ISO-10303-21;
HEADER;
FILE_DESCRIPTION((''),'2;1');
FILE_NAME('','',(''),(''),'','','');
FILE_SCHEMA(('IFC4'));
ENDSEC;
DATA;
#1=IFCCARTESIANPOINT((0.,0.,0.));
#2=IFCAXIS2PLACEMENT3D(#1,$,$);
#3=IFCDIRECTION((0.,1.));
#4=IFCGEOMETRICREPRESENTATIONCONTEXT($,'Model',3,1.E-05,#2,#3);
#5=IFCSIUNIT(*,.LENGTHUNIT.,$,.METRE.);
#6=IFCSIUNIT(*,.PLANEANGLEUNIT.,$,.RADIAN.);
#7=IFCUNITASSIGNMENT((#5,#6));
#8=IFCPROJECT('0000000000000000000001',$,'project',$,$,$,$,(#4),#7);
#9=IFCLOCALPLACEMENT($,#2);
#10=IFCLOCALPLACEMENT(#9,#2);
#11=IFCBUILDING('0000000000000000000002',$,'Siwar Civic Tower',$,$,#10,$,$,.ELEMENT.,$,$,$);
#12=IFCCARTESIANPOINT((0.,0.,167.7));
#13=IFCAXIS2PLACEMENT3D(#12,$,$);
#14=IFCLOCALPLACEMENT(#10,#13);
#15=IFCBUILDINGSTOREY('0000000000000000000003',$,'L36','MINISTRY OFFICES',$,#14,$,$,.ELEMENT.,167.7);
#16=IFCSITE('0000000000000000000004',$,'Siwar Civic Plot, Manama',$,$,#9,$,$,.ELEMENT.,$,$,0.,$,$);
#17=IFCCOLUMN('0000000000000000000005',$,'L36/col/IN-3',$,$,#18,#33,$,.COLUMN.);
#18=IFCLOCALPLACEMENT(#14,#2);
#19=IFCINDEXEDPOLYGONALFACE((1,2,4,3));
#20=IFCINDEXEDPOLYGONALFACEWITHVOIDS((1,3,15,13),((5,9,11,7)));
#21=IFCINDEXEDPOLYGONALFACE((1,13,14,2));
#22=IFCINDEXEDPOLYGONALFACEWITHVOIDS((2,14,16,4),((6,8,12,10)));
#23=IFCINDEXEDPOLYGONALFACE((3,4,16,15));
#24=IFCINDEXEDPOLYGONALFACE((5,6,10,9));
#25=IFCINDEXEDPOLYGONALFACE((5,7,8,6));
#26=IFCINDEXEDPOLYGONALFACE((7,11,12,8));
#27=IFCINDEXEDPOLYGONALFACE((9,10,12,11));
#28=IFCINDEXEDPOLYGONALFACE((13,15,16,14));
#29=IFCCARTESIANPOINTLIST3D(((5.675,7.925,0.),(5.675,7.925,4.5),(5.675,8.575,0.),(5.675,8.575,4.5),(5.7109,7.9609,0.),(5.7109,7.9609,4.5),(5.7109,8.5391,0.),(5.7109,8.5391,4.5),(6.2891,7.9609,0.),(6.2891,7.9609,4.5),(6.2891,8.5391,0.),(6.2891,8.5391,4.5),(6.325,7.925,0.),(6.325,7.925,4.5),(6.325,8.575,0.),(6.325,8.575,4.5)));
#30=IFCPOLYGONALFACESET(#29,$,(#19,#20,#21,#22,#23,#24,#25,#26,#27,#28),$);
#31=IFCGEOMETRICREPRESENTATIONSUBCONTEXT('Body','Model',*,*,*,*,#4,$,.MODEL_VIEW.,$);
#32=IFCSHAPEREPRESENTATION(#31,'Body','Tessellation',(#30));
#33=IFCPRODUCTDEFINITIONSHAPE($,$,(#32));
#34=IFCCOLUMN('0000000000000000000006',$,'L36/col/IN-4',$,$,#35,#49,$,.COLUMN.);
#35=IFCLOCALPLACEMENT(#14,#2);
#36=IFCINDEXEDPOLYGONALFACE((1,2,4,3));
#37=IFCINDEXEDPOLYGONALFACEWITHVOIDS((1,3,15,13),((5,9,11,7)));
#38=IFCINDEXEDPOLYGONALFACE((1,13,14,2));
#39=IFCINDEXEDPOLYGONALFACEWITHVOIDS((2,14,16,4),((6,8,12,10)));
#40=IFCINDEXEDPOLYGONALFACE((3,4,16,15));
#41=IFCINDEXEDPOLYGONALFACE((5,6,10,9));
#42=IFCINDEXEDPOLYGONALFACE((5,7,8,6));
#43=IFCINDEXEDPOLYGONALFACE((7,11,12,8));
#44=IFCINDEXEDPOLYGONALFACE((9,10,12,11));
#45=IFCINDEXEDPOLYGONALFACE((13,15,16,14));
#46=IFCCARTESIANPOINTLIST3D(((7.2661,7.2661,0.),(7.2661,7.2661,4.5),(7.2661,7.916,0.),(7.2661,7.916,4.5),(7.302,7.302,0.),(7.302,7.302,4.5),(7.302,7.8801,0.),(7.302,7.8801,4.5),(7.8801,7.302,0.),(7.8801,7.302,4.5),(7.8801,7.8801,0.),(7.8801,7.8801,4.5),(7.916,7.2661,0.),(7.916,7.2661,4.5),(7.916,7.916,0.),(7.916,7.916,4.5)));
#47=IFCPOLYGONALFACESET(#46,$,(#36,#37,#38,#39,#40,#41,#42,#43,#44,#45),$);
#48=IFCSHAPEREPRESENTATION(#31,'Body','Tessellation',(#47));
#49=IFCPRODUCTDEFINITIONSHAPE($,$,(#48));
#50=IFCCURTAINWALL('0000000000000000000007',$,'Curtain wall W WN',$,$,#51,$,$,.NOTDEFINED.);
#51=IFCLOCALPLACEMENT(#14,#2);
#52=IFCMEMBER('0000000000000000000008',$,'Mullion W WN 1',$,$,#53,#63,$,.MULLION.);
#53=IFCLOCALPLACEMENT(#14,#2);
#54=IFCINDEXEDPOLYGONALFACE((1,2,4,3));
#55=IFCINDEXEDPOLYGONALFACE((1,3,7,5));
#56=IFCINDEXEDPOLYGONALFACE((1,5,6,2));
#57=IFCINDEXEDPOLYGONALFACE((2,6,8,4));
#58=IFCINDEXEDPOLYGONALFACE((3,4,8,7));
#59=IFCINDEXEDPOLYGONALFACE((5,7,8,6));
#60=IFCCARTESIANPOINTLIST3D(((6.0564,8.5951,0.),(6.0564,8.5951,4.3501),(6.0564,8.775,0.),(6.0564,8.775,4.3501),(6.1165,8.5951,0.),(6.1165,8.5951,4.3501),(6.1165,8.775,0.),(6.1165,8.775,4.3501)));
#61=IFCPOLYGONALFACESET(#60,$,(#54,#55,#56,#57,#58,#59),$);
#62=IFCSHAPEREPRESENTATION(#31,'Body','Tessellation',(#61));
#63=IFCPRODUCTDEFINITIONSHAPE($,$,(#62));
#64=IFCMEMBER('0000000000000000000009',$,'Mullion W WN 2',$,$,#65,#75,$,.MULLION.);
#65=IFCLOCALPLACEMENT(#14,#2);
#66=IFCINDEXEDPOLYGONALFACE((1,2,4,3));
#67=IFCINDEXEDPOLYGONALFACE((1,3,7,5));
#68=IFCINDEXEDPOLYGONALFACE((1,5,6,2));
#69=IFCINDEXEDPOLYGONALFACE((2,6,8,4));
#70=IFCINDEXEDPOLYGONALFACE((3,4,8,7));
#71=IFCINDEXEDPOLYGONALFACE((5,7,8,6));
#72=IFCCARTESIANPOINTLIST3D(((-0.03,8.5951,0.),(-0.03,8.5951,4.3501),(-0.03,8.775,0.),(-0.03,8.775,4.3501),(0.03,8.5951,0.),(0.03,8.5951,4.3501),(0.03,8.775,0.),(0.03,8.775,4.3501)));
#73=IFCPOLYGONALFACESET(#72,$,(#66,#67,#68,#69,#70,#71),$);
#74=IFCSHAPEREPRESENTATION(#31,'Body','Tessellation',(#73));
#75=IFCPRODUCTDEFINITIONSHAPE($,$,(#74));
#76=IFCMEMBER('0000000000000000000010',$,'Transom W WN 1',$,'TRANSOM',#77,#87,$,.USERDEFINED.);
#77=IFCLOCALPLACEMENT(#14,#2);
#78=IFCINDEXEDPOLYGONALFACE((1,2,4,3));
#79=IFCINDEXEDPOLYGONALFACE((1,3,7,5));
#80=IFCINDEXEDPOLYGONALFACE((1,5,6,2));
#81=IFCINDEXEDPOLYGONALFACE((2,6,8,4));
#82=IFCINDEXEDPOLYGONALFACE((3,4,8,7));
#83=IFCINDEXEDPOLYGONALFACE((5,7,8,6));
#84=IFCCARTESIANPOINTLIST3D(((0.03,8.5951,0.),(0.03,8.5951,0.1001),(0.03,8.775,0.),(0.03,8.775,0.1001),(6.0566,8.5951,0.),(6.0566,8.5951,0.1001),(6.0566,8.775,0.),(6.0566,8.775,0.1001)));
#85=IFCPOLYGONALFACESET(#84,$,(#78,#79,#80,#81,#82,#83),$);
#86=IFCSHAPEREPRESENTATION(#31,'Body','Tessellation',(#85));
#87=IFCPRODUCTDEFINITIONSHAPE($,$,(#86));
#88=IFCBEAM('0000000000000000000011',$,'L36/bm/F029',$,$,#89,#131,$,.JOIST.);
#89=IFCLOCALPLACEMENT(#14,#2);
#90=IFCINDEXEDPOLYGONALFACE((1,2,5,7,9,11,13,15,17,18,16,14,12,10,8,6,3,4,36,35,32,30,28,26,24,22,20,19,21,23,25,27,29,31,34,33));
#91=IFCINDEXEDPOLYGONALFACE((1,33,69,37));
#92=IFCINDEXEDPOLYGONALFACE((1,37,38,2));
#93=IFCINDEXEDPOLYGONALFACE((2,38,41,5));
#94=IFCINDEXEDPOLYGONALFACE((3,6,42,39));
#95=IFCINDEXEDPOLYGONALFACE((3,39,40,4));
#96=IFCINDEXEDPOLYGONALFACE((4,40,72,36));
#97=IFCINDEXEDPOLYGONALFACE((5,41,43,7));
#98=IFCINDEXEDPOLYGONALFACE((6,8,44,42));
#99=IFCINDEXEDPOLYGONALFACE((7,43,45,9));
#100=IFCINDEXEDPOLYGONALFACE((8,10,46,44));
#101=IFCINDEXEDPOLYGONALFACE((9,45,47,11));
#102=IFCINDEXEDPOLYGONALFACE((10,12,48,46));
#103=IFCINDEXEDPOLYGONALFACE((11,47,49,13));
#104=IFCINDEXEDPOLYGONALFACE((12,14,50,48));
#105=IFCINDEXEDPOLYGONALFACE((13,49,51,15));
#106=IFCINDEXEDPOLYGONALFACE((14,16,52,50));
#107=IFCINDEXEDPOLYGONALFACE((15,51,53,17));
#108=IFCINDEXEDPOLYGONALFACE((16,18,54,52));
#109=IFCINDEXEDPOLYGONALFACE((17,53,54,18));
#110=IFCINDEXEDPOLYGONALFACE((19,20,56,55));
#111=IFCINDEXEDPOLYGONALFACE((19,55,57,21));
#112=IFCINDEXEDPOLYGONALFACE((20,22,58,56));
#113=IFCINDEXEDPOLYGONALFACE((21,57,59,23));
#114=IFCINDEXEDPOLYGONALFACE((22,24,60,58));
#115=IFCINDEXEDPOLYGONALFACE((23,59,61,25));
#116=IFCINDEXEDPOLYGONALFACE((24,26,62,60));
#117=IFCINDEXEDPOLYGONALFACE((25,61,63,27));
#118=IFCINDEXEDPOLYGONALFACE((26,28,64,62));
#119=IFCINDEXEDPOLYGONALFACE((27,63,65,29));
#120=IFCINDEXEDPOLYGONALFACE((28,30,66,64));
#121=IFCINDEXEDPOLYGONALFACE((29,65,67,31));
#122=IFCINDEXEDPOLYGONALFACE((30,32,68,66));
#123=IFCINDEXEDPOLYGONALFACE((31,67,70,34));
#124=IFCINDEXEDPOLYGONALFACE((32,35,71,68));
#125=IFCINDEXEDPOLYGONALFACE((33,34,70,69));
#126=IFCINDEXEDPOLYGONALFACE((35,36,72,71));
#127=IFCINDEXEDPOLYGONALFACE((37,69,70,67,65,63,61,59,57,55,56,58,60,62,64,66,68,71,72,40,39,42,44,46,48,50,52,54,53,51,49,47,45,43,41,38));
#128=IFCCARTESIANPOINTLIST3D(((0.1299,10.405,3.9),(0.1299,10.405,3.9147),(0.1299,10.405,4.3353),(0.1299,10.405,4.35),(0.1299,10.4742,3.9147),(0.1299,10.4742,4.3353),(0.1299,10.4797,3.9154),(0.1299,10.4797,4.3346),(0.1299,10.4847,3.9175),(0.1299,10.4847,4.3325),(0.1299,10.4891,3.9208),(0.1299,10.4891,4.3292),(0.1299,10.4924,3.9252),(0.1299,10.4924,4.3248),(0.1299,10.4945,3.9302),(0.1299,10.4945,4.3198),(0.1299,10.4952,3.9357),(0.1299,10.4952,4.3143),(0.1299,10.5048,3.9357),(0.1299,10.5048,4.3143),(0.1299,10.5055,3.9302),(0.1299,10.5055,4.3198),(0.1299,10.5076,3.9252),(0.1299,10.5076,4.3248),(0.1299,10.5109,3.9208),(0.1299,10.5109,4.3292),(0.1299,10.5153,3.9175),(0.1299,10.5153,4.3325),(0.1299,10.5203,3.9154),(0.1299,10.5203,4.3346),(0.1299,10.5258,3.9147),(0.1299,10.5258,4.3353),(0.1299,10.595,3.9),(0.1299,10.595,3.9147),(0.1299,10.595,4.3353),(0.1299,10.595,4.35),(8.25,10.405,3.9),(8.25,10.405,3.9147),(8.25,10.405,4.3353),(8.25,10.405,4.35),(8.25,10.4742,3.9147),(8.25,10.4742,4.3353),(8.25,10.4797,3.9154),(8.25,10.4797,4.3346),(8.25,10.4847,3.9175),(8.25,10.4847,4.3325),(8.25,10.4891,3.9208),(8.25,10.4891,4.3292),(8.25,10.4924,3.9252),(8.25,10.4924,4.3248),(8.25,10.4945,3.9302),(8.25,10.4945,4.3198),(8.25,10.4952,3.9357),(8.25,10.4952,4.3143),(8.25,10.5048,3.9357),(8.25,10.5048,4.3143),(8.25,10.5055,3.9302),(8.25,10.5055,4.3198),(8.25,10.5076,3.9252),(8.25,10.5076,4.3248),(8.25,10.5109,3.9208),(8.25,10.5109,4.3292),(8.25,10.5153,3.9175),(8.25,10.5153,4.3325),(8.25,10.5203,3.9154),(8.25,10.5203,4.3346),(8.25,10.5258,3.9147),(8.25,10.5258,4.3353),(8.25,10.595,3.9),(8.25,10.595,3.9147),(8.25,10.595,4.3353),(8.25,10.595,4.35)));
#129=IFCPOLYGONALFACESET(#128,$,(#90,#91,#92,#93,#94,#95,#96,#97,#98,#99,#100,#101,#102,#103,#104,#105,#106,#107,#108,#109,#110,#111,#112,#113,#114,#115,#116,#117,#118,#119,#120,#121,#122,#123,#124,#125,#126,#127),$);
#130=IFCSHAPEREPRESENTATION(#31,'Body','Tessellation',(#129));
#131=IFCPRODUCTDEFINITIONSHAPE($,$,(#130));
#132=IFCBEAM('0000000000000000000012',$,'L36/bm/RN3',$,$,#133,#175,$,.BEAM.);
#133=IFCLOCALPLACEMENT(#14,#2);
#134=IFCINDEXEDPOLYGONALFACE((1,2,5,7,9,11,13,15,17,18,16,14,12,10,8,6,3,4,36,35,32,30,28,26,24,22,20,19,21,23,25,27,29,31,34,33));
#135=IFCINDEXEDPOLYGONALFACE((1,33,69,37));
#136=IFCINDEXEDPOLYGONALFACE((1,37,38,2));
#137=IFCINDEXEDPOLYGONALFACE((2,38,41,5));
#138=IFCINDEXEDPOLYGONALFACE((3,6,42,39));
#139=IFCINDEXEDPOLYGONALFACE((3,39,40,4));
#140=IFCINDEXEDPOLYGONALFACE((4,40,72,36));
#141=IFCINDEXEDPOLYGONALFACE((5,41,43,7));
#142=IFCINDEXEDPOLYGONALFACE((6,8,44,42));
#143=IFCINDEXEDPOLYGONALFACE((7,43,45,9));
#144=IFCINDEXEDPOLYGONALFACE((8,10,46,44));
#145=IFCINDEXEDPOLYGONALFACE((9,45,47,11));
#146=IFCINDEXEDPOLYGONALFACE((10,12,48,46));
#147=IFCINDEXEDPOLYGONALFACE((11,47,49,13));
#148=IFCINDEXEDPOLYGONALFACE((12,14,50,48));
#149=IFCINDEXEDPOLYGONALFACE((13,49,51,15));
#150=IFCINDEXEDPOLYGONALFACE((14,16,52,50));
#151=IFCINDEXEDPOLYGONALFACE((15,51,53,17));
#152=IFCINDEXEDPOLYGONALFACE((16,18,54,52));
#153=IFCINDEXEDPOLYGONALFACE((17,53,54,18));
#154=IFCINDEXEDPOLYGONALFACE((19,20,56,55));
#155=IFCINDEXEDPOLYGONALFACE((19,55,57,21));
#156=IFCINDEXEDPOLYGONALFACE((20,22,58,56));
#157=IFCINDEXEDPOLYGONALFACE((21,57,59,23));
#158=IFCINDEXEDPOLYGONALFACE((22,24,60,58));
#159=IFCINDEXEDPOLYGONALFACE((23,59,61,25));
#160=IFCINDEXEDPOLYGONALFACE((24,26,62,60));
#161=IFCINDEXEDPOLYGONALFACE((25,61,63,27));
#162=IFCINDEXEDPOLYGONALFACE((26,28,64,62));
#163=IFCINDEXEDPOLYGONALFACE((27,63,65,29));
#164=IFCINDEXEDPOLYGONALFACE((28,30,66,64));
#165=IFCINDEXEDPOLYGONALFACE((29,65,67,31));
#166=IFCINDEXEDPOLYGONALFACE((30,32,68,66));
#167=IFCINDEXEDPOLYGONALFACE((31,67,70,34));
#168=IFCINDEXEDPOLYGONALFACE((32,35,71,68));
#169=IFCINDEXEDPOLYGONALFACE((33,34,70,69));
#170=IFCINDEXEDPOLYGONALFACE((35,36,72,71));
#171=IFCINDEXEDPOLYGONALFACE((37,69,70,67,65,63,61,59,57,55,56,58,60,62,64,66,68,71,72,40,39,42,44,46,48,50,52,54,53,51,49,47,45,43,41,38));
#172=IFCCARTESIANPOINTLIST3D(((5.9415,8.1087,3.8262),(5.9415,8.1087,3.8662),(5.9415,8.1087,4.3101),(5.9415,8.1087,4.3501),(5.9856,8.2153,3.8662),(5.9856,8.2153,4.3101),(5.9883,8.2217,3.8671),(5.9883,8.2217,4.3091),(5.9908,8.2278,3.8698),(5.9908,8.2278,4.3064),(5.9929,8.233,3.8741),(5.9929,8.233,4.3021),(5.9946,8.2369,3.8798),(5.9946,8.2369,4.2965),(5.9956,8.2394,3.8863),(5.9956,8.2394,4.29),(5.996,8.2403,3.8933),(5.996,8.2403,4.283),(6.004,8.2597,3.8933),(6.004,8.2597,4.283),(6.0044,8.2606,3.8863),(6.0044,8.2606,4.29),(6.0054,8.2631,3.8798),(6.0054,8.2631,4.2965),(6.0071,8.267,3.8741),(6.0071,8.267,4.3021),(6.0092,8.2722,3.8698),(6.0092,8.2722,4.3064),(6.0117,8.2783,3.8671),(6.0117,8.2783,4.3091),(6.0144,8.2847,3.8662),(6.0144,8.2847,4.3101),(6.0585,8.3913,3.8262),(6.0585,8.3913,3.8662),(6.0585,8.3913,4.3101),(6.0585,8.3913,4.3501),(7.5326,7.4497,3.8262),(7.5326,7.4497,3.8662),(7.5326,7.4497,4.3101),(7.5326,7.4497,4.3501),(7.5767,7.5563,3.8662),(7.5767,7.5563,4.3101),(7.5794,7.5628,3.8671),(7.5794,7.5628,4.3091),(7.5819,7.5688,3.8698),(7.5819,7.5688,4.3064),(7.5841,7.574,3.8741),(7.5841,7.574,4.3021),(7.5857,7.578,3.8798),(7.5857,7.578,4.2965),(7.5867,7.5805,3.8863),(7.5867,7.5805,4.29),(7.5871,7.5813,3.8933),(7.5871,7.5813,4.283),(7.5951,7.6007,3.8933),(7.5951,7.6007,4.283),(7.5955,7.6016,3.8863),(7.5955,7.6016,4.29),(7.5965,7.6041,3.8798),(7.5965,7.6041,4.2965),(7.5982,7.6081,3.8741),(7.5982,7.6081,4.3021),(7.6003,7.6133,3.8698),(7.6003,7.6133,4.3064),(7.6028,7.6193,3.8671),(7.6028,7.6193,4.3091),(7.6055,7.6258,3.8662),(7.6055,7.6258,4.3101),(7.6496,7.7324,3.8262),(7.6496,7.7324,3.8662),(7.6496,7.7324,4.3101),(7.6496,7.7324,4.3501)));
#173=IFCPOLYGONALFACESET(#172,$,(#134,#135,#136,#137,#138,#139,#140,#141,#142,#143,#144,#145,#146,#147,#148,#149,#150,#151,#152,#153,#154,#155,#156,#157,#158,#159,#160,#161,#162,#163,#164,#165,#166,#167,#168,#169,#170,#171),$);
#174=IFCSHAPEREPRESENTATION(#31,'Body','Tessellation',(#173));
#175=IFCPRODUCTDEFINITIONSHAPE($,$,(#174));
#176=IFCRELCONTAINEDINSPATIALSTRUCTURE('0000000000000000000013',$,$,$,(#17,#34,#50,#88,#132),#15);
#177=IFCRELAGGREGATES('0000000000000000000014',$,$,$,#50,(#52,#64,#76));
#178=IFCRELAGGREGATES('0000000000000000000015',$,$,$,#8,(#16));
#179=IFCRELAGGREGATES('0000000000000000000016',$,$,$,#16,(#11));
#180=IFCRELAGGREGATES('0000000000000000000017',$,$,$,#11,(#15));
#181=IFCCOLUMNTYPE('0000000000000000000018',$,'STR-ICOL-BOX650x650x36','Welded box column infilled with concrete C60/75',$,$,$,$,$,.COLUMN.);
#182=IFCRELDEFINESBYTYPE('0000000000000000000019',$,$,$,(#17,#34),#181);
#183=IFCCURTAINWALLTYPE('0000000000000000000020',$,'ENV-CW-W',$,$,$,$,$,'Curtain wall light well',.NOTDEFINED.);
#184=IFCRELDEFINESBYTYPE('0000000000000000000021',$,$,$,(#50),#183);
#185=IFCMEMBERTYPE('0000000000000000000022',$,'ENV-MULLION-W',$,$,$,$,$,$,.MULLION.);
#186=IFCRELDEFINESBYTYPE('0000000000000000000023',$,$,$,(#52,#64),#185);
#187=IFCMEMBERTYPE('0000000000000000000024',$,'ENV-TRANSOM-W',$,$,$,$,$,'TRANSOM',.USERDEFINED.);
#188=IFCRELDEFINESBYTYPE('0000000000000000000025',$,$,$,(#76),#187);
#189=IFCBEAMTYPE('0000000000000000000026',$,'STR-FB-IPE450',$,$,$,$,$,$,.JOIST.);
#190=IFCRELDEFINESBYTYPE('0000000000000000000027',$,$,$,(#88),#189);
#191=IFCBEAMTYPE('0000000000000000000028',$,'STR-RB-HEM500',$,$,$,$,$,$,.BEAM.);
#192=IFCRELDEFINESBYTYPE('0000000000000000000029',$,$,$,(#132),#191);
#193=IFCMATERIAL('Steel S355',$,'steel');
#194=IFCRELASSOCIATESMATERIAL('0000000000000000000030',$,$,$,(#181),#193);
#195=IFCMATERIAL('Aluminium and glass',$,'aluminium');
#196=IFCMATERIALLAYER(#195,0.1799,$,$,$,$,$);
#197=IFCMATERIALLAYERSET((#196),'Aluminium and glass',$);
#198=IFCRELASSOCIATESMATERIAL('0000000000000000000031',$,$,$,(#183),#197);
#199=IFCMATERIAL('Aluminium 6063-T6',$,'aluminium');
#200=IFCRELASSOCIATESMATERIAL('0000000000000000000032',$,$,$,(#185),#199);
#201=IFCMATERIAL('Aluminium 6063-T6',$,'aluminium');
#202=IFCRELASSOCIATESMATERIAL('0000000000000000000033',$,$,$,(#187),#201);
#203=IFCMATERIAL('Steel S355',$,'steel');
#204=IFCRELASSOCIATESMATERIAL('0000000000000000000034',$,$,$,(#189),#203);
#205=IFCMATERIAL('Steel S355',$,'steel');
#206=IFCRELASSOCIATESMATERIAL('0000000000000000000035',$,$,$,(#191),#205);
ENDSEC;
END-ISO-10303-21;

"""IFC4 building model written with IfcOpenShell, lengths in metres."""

from ifc_helpers import new_model, si_unit, direction, frame, origin, origin_2d, place, context, subcontext, project, spatial, rectangle, hollow_rectangle, i_section, extrude, material, layer, layer_set, material_profile, profile_set, type_object, element, aggregate, save


model = new_model("IFC4")

# Units and contexts
model_context = context("Model", 3, precision=1e-05, world=origin(), true_north=direction((0.0, 1.0)))
body_context = subcontext(model_context, "Body", "Model", "MODEL_VIEW")
ifc_project = project(units=[si_unit("LENGTHUNIT", "METRE"), si_unit("PLANEANGLEUNIT", "RADIAN")], contexts=[model_context])

# Site, building, storey
site_placement = place(None, origin())
site = spatial("IfcSite", under=ifc_project, at=site_placement, Name="Siwar Civic Plot, Manama", CompositionType="ELEMENT", RefElevation=0.0)
building_placement = place(site_placement, origin())
building = spatial("IfcBuilding", under=site, at=building_placement, Name="Siwar Civic Tower", CompositionType="ELEMENT")
storey_placement = place(building_placement, frame((0.0, 0.0, 167.7)))
storey = spatial("IfcBuildingStorey", under=building, at=storey_placement, Name="L36", Description="MINISTRY OFFICES", CompositionType="ELEMENT", Elevation=167.7)

# Columns
ifc_material_1 = material(Name="Steel S355", Category="steel")
ifc_material_profile_1 = material_profile(ifc_material_1, hollow_rectangle(XDim=0.6499, YDim=0.6499, WallThickness=0.0359, at=origin_2d()), Name="BOX650x650x36")
ifc_profile_set_1 = profile_set([ifc_material_profile_1], Name="Steel S355")
column_type = type_object("IfcColumnType", Name="STR-ICOL-BOX650x650x36", Description="Welded box column infilled with concrete C60/75", PredefinedType="COLUMN", material=ifc_profile_set_1)
for number, where, z_axis, x_axis, name in (
    (1, (6.0, 8.25, 0.0), (0.0, 0.0, 1.0), (1.0, 0.0, 0.0), "L36/col/IN-3"),
    (2, (7.5911, 7.5911, 0.0), (0.0, 0.0, 1.0), (1.0, 0.0, 0.0), "L36/col/IN-4"),
):
    element("IfcColumn", number, at=place(storey_placement, frame(where, z_axis=z_axis, x_axis=x_axis)), inside=storey, type_object=column_type, Name=name, PredefinedType="COLUMN", context=body_context, shape_type="SweptSolid", body=[
        extrude(hollow_rectangle(XDim=0.6499, YDim=0.6499, WallThickness=0.0359, at=origin_2d()), origin(), (0.0, 0.0, 1.0), 4.5),
    ])

# Curtain wall, members
ifc_material_2 = material(Name="Aluminium and glass", Category="aluminium")
ifc_layer_1 = layer(ifc_material_2, 0.1799)
ifc_layer_set_1 = layer_set([ifc_layer_1], Name="Aluminium and glass")
curtain_wall_type = type_object("IfcCurtainWallType", Name="ENV-CW-W", ElementType="Curtain wall light well", PredefinedType="NOTDEFINED", material=ifc_layer_set_1)
curtain_wall_placement = place(storey_placement, origin())
curtain_wall = element("IfcCurtainWall", 3, at=curtain_wall_placement, inside=storey, type_object=curtain_wall_type, Name="Curtain wall W WN", PredefinedType="NOTDEFINED")
ifc_material_3 = material(Name="Aluminium 6063-T6", Category="aluminium")
ifc_material_profile_2 = material_profile(ifc_material_3, rectangle(XDim=0.1799, YDim=0.0601, at=origin_2d()), Name="AL 180x60")
ifc_profile_set_2 = profile_set([ifc_material_profile_2], Name="Aluminium 6063-T6")
member_type_1 = type_object("IfcMemberType", Name="ENV-MULLION-W", PredefinedType="MULLION", material=ifc_profile_set_2)
member_1_placement = place(storey_placement, frame((6.0864, 8.6851, 0.0), z_axis=(0.0, 0.0, 1.0), x_axis=(0.0, -1.0, 0.0)))
member_1 = element("IfcMember", 4, at=member_1_placement, type_object=member_type_1, Name="Mullion W WN 1", PredefinedType="MULLION", context=body_context, shape_type="SweptSolid", body=[
    extrude(rectangle(XDim=0.1799, YDim=0.0601, at=origin_2d()), origin(), (0.0, 0.0, 1.0), 4.3501),
])
member_2_placement = place(storey_placement, frame((0.0, 8.6851, 0.0), z_axis=(0.0, 0.0, 1.0), x_axis=(0.0, -1.0, 0.0)))
member_2 = element("IfcMember", 5, at=member_2_placement, type_object=member_type_1, Name="Mullion W WN 2", PredefinedType="MULLION", context=body_context, shape_type="SweptSolid", body=[
    extrude(rectangle(XDim=0.1799, YDim=0.0601, at=origin_2d()), origin(), (0.0, 0.0, 1.0), 4.3501),
])
ifc_material_4 = material(Name="Aluminium 6063-T6", Category="aluminium")
ifc_material_profile_3 = material_profile(ifc_material_4, rectangle(XDim=0.1799, YDim=0.1001, at=origin_2d()), Name="AL 180x100")
ifc_profile_set_3 = profile_set([ifc_material_profile_3], Name="Aluminium 6063-T6")
member_type_2 = type_object("IfcMemberType", Name="ENV-TRANSOM-W", ElementType="TRANSOM", PredefinedType="USERDEFINED", material=ifc_profile_set_3)
member_3_placement = place(storey_placement, frame((6.0566, 8.6851, 0.05), z_axis=(-1.0, 0.0, 0.0), x_axis=(0.0, -1.0, 0.0)))
member_3 = element("IfcMember", 6, at=member_3_placement, type_object=member_type_2, Name="Transom W WN 1", ObjectType="TRANSOM", PredefinedType="USERDEFINED", context=body_context, shape_type="SweptSolid", body=[
    extrude(rectangle(XDim=0.1799, YDim=0.1001, at=origin_2d()), origin(), (0.0, 0.0, 1.0), 6.0266),
])

# Beams
ifc_material_5 = material(Name="Steel S355", Category="steel")
ifc_material_profile_4 = material_profile(ifc_material_5, i_section(OverallWidth=0.1899, OverallDepth=0.45, WebThickness=0.0095, FlangeThickness=0.0146, FilletRadius=0.021, at=origin_2d()), Name="IPE450")
ifc_profile_set_4 = profile_set([ifc_material_profile_4], Name="Steel S355")
beam_type_1 = type_object("IfcBeamType", Name="STR-FB-IPE450", PredefinedType="JOIST", material=ifc_profile_set_4)
beam_placement = place(storey_placement, frame((0.1299, 10.5, 4.125), z_axis=(1.0, 0.0, 0.0), x_axis=(0.0, 1.0, 0.0)))
element("IfcBeam", 7, at=beam_placement, inside=storey, type_object=beam_type_1, Name="L36/bm/F029", PredefinedType="JOIST", context=body_context, shape_type="SweptSolid", body=[
    extrude(i_section(OverallWidth=0.1899, OverallDepth=0.45, WebThickness=0.0095, FlangeThickness=0.0146, FilletRadius=0.021, at=origin_2d()), origin(), (0.0, 0.0, 1.0), 8.1201),
])
ifc_material_6 = material(Name="Steel S355", Category="steel")
ifc_material_profile_5 = material_profile(ifc_material_6, i_section(OverallWidth=0.3059, OverallDepth=0.5239, WebThickness=0.021, FlangeThickness=0.04, FilletRadius=0.0271, at=origin_2d()), Name="HEM500")
ifc_profile_set_5 = profile_set([ifc_material_profile_5], Name="Steel S355")
beam_type_2 = type_object("IfcBeamType", Name="STR-RB-HEM500", PredefinedType="BEAM", material=ifc_profile_set_5)
for number, where, z_axis, x_axis, name in (
    (8, (6.0, 8.25, 4.0881), (0.923901, -0.382631, 0.0), (0.382631, 0.923901, 0.0), "L36/bm/RN3"),
):
    element("IfcBeam", number, at=place(storey_placement, frame(where, z_axis=z_axis, x_axis=x_axis)), inside=storey, type_object=beam_type_2, Name=name, PredefinedType="BEAM", context=body_context, shape_type="SweptSolid", body=[
        extrude(i_section(OverallWidth=0.3059, OverallDepth=0.5239, WebThickness=0.021, FlangeThickness=0.04, FilletRadius=0.0271, at=origin_2d()), origin(), (0.0, 0.0, 1.0), 1.7222),
    ])

aggregate(curtain_wall, [member_1, member_2, member_3])

save(model, "model.ifc")
